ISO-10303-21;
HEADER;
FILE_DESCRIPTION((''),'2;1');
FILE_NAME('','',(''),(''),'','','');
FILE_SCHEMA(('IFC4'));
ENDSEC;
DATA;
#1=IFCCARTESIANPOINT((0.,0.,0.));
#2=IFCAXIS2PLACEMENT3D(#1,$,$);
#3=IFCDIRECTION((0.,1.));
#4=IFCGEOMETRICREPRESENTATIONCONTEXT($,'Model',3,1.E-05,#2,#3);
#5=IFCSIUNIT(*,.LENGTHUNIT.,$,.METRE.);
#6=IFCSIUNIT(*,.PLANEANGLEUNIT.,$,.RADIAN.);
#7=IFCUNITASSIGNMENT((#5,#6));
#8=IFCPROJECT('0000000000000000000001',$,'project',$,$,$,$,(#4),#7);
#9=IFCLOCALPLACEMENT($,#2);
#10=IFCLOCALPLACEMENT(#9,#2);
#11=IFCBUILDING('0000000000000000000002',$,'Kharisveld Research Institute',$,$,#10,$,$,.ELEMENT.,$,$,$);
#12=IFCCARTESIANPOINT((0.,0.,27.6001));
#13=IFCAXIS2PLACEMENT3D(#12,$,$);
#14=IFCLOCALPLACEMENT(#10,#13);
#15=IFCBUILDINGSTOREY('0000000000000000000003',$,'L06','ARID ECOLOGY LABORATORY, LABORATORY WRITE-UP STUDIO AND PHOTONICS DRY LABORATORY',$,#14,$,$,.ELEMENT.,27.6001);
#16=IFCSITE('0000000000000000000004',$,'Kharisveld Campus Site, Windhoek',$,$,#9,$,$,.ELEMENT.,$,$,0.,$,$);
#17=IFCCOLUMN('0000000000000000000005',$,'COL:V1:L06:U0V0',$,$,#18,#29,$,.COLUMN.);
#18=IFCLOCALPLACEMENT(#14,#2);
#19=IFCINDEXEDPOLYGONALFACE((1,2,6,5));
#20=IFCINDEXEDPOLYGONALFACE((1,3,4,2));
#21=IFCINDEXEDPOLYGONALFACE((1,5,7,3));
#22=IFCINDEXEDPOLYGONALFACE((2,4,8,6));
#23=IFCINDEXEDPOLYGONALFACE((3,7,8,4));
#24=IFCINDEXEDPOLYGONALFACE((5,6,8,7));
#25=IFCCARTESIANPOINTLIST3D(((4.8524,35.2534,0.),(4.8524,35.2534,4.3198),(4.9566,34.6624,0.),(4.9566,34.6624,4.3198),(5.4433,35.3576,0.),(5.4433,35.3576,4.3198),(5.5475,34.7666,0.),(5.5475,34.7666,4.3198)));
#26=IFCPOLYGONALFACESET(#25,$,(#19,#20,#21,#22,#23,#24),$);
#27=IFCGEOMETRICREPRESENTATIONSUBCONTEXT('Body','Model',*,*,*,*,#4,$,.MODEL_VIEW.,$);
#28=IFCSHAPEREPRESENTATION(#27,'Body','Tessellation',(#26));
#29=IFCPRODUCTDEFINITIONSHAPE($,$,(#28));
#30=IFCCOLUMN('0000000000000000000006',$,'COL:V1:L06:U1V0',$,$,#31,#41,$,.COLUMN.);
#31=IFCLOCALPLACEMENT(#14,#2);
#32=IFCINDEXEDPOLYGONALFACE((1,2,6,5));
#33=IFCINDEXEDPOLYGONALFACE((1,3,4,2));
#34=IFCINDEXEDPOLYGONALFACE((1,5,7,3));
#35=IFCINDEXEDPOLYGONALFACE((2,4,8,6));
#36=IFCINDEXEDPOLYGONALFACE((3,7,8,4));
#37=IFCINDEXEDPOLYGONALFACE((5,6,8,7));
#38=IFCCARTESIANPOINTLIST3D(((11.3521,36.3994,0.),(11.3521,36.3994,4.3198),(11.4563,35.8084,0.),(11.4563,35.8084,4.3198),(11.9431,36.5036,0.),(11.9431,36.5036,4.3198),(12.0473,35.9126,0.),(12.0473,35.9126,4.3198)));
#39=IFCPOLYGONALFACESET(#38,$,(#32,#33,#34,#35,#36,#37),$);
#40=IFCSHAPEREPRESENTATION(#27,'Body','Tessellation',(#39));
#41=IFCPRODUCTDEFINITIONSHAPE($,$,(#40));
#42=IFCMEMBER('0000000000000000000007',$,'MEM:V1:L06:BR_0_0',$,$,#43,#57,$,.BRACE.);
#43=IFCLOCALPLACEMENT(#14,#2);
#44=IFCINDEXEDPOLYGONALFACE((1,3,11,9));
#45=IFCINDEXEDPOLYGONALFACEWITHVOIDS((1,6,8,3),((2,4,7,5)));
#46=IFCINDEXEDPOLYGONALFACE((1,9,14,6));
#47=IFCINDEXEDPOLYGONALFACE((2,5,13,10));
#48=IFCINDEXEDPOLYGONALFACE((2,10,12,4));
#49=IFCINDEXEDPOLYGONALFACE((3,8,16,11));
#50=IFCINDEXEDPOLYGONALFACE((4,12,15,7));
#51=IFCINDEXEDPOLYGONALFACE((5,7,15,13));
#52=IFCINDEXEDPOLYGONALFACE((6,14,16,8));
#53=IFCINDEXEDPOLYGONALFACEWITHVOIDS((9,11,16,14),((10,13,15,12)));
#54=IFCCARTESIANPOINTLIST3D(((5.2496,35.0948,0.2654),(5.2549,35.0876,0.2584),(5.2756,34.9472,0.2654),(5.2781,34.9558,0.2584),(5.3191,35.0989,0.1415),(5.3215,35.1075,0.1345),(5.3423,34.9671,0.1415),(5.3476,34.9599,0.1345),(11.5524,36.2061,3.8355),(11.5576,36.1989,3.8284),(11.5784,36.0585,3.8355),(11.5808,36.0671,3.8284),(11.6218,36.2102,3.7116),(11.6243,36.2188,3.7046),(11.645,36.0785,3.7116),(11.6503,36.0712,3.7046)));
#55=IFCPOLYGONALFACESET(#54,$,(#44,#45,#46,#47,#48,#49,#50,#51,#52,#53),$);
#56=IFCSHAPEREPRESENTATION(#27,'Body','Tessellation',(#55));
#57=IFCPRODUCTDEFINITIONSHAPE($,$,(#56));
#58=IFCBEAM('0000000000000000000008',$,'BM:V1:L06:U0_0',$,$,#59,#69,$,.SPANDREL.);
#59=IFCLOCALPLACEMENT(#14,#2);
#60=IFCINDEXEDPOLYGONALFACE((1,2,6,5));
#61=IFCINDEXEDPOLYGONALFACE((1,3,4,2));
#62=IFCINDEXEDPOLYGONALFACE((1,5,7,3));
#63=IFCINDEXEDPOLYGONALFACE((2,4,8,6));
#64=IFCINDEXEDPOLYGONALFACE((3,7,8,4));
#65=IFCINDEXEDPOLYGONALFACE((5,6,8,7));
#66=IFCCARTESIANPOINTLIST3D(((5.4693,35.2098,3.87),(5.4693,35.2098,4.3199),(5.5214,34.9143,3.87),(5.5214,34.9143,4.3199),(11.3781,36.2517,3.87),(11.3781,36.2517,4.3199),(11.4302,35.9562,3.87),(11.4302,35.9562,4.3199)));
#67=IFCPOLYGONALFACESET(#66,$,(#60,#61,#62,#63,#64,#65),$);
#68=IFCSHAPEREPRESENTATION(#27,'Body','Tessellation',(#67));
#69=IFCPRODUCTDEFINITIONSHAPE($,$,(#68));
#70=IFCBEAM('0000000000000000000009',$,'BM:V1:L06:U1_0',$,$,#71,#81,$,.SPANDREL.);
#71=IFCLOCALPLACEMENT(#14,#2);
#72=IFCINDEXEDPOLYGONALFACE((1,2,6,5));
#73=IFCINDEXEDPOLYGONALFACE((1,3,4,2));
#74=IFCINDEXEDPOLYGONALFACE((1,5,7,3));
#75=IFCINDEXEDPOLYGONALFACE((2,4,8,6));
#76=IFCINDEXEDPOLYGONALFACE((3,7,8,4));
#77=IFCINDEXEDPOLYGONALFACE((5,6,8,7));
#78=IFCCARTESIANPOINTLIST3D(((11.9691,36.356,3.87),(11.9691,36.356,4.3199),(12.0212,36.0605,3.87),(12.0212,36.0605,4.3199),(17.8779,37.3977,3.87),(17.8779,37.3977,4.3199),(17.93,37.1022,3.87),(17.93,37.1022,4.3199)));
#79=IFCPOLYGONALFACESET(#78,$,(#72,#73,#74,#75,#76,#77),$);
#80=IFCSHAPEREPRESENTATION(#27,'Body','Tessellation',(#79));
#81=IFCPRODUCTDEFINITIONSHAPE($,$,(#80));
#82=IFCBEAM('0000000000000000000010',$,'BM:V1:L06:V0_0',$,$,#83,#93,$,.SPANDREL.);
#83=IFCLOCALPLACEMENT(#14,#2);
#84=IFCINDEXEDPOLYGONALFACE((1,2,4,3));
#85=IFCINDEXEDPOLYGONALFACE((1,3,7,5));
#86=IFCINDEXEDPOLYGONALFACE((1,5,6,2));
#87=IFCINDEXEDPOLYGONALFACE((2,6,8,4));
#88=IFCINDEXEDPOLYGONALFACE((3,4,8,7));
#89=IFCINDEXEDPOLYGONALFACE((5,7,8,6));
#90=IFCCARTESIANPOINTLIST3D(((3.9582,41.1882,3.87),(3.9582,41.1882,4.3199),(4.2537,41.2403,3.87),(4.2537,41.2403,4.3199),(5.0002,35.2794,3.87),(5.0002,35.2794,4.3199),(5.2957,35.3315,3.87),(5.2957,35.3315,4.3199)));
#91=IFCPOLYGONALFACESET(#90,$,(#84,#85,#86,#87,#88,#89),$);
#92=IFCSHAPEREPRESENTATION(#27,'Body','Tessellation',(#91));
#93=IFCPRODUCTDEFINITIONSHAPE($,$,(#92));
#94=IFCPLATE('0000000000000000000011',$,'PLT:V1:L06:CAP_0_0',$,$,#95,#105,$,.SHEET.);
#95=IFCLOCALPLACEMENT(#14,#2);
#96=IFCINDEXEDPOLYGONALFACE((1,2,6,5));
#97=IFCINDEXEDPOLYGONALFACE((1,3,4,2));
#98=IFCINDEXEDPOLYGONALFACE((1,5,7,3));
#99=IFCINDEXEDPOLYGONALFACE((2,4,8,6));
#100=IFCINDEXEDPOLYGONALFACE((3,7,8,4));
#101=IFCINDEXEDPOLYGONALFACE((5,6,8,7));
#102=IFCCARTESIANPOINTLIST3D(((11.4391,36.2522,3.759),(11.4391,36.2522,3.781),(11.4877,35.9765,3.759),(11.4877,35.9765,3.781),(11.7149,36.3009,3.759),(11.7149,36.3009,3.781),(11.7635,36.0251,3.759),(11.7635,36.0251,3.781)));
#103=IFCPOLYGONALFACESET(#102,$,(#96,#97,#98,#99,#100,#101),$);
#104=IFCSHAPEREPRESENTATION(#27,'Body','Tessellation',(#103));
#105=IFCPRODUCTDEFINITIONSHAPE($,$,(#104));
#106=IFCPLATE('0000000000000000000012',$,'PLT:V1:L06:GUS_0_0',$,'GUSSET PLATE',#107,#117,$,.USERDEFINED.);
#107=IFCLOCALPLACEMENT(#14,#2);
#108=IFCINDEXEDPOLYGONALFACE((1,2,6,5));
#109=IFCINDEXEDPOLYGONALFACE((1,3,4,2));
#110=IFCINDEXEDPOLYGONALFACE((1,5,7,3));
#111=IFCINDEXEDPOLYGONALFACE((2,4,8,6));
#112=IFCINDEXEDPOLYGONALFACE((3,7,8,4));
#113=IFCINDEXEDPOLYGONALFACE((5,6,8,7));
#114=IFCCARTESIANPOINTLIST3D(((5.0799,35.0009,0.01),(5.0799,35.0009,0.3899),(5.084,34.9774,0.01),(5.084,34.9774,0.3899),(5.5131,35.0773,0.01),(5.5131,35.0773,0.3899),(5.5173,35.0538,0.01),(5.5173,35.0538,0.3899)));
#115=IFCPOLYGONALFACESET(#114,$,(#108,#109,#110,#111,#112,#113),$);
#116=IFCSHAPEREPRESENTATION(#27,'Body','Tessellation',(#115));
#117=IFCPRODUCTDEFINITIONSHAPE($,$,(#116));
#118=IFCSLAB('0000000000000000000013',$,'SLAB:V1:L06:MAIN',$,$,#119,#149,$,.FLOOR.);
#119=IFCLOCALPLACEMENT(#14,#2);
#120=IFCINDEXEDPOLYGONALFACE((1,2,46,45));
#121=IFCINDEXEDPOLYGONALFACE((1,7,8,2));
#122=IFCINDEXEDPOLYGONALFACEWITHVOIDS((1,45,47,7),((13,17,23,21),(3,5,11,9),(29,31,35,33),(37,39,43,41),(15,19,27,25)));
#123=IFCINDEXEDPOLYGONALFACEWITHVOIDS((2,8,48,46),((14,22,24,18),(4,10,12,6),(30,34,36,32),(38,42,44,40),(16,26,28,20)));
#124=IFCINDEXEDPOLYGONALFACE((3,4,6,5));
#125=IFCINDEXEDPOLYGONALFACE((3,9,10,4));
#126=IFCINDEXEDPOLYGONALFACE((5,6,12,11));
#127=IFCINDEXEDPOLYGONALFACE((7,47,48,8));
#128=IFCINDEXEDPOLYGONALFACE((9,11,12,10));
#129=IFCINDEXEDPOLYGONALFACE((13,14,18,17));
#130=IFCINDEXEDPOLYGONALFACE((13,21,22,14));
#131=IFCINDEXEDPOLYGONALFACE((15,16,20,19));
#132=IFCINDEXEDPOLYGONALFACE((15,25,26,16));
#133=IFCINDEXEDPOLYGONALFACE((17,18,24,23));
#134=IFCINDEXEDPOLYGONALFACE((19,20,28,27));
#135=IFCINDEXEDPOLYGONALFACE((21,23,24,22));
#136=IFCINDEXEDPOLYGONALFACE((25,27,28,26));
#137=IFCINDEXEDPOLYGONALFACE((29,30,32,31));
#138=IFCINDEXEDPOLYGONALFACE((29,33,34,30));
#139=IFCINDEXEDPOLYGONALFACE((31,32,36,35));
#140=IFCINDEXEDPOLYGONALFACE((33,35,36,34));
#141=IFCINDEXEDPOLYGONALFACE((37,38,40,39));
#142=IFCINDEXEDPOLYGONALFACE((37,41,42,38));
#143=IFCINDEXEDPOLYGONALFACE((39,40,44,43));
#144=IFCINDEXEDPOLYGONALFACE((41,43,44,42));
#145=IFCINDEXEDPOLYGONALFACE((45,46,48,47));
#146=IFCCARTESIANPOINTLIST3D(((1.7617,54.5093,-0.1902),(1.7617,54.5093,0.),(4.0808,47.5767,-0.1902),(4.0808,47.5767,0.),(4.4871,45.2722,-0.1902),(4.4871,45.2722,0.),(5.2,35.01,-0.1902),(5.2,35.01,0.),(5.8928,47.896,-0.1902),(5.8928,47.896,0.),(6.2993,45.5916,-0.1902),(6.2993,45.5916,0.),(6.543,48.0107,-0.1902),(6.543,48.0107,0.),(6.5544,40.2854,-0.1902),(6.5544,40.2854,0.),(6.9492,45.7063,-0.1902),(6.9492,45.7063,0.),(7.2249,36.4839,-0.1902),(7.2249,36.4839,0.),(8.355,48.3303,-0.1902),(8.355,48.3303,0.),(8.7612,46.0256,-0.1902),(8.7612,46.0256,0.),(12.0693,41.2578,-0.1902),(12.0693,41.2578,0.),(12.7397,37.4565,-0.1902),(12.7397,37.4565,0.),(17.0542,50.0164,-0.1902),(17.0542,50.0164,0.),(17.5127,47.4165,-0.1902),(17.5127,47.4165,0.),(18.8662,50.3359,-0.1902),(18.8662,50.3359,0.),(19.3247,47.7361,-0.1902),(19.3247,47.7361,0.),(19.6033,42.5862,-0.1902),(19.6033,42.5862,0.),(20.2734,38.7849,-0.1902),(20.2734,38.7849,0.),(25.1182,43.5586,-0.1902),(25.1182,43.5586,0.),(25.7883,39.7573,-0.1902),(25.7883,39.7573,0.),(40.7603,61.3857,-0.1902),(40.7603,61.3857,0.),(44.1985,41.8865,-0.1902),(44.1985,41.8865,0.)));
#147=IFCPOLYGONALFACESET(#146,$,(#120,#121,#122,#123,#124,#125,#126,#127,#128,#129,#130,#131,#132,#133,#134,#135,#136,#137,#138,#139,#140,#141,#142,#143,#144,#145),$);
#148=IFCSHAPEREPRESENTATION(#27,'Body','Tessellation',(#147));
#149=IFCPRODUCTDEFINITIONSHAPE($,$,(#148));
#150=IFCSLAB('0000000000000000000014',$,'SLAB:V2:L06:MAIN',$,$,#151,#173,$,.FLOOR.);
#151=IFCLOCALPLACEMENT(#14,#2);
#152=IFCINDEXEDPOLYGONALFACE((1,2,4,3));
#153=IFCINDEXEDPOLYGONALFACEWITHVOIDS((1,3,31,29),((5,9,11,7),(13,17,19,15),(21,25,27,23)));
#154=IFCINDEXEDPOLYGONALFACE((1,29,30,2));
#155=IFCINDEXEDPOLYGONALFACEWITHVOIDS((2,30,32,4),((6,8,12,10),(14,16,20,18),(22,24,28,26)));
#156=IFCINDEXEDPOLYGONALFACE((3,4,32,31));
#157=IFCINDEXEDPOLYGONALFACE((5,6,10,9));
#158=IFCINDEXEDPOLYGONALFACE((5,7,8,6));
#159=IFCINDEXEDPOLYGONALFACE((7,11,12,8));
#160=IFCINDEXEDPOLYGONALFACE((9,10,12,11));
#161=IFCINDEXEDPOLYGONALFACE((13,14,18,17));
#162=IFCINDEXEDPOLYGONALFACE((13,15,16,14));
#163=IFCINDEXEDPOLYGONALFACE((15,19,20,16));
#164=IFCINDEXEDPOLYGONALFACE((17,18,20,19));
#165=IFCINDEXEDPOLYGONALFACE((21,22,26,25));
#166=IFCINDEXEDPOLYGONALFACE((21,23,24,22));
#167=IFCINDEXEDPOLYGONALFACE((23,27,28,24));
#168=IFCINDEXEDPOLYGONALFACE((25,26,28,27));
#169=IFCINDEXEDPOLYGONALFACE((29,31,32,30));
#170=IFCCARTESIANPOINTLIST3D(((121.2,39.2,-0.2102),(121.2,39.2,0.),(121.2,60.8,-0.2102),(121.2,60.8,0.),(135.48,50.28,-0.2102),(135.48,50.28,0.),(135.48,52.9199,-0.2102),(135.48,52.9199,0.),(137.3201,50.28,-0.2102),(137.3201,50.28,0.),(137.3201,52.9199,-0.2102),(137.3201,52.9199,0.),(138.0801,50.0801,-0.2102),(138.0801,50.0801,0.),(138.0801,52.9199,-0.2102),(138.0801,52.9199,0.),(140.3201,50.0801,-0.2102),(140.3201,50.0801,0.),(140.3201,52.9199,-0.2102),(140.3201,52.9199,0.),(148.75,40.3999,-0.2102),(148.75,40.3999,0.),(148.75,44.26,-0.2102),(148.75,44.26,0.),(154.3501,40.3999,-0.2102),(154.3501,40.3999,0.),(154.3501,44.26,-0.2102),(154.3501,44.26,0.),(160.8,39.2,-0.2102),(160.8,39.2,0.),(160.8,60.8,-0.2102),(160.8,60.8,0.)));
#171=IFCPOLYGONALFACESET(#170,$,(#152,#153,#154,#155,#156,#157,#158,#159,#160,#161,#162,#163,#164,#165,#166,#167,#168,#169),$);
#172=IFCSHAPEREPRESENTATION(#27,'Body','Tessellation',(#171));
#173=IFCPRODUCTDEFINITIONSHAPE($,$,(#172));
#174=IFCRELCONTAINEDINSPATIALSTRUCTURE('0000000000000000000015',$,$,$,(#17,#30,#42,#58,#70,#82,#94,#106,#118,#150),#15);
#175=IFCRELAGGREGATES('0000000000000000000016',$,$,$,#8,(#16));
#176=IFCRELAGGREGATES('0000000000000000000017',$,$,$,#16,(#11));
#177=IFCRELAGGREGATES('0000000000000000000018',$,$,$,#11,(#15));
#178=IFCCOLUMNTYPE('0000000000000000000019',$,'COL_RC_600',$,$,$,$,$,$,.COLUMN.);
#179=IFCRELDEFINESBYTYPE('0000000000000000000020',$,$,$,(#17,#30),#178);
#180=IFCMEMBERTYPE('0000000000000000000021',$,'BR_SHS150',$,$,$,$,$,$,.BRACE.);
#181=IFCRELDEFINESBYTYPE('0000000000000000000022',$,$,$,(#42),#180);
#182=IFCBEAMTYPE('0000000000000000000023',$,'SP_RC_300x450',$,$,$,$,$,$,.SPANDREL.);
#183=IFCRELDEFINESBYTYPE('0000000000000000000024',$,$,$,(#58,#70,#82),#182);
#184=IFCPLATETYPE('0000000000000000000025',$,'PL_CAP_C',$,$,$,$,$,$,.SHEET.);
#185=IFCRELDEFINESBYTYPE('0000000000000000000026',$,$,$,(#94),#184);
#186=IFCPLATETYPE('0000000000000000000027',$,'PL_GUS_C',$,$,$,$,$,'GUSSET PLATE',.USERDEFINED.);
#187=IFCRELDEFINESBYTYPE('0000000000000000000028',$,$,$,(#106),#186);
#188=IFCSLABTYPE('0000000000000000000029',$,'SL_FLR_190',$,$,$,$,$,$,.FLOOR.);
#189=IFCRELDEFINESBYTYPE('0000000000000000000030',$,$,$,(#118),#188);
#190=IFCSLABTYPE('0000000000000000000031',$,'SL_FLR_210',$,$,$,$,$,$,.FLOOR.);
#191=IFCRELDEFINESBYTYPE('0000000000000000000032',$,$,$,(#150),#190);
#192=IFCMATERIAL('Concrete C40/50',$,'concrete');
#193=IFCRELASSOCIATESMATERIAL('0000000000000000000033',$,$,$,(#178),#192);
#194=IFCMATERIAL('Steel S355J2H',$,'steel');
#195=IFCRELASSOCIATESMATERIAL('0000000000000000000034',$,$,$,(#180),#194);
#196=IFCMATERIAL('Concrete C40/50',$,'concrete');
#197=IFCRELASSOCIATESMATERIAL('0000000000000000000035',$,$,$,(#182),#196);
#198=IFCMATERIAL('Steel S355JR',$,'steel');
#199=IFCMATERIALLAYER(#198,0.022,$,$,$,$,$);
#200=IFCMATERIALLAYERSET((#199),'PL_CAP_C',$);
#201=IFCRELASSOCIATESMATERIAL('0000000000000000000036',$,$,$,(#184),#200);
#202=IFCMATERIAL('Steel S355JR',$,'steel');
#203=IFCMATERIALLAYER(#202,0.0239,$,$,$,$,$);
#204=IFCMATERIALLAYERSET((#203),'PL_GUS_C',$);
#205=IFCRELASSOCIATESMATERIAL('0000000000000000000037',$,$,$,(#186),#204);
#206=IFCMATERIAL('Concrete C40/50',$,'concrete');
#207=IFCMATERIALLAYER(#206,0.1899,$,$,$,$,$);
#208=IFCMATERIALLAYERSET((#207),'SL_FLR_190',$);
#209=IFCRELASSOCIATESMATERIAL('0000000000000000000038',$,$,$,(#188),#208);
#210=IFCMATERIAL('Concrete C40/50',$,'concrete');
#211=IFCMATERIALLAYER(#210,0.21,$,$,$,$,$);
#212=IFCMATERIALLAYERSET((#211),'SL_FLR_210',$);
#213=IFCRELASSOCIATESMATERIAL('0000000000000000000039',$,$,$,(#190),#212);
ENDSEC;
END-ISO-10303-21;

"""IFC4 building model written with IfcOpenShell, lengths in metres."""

from ifc_helpers import new_model, si_unit, direction, frame, origin, origin_2d, place, context, subcontext, project, spatial, polyline, rectangle, hollow_rectangle, outline, extrude, material, layer, layer_set, material_profile, profile_set, type_object, element, save


model = new_model("IFC4")

# Units and contexts
model_context = context("Model", 3, precision=1e-05, world=origin(), true_north=direction((0.0, 1.0)))
body_context = subcontext(model_context, "Body", "Model", "MODEL_VIEW")
ifc_project = project(units=[si_unit("LENGTHUNIT", "METRE"), si_unit("PLANEANGLEUNIT", "RADIAN")], contexts=[model_context])

# Site, building, storey
site_placement = place(None, origin())
site = spatial("IfcSite", under=ifc_project, at=site_placement, Name="Kharisveld Campus Site, Windhoek", CompositionType="ELEMENT", RefElevation=0.0)
building_placement = place(site_placement, origin())
building = spatial("IfcBuilding", under=site, at=building_placement, Name="Kharisveld Research Institute", CompositionType="ELEMENT")
storey_placement = place(building_placement, frame((0.0, 0.0, 27.6001)))
storey = spatial("IfcBuildingStorey", under=building, at=storey_placement, Name="L06", Description="ARID ECOLOGY LABORATORY, LABORATORY WRITE-UP STUDIO AND PHOTONICS DRY LABORATORY", CompositionType="ELEMENT", Elevation=27.6001)

# Columns
ifc_material_1 = material(Name="Concrete C40/50", Category="concrete")
ifc_material_profile_1 = material_profile(ifc_material_1, rectangle(XDim=0.6001, YDim=0.6001, at=origin_2d()))
ifc_profile_set_1 = profile_set([ifc_material_profile_1], Name="Concrete C40/50")
column_type = type_object("IfcColumnType", Name="COL_RC_600", PredefinedType="COLUMN", material=ifc_profile_set_1)
for number, where, z_axis, x_axis, name in (
    (1, (5.2, 35.01, 0.0), (0.0, 0.0, 1.0), (0.984808, 0.173648, 0.0), "COL:V1:L06:U0V0"),
    (2, (11.6997, 36.156, 0.0), (0.0, 0.0, 1.0), (0.984808, 0.173648, 0.0), "COL:V1:L06:U1V0"),
):
    element("IfcColumn", number, at=place(storey_placement, frame(where, z_axis=z_axis, x_axis=x_axis)), inside=storey, type_object=column_type, Name=name, PredefinedType="COLUMN", context=body_context, shape_type="SweptSolid", body=[
        extrude(rectangle(XDim=0.6001, YDim=0.6001, at=origin_2d()), origin(), (0.0, 0.0, 1.0), 4.3198),
    ])

# Member
ifc_material_2 = material(Name="Steel S355J2H", Category="steel")
ifc_material_profile_2 = material_profile(ifc_material_2, hollow_rectangle(XDim=0.1499, YDim=0.1499, WallThickness=0.0081, at=origin_2d()))
ifc_profile_set_2 = profile_set([ifc_material_profile_2], Name="Steel S355J2H")
member_type = type_object("IfcMemberType", Name="BR_SHS150", PredefinedType="BRACE", material=ifc_profile_set_2)
member_placement = place(storey_placement, frame((5.2986, 35.0273, 0.2), z_axis=(0.860047, 0.151648, 0.487158), x_axis=(-0.173646, 0.984808, 0.0)))
element("IfcMember", 3, at=member_placement, inside=storey, type_object=member_type, Name="MEM:V1:L06:BR_0_0", PredefinedType="BRACE", context=body_context, shape_type="SweptSolid", body=[
    extrude(hollow_rectangle(XDim=0.1499, YDim=0.1499, WallThickness=0.0081, at=origin_2d()), origin(), (0.0, 0.0, 1.0), 7.3284),
])

# Beams
ifc_material_3 = material(Name="Concrete C40/50", Category="concrete")
ifc_material_profile_3 = material_profile(ifc_material_3, rectangle(XDim=0.3, YDim=0.45, at=origin_2d()))
ifc_profile_set_3 = profile_set([ifc_material_profile_3], Name="Concrete C40/50")
beam_type = type_object("IfcBeamType", Name="SP_RC_300x450", PredefinedType="SPANDREL", material=ifc_profile_set_3)
for number, where, z_axis, x_axis, name in (
    (4, (5.4954, 35.062, 4.095), (0.984805, 0.173662, 0.0), (-0.173662, 0.984805, 0.0), "BM:V1:L06:U0_0"),
    (5, (11.9951, 36.2083, 4.095), (0.984812, 0.173623, 0.0), (-0.173623, 0.984812, 0.0), "BM:V1:L06:U1_0"),
    (6, (5.1479, 35.3054, 4.095), (-0.173662, 0.984805, 0.0), (-0.984805, -0.173662, 0.0), "BM:V1:L06:V0_0"),
):
    element("IfcBeam", number, at=place(storey_placement, frame(where, z_axis=z_axis, x_axis=x_axis)), inside=storey, type_object=beam_type, Name=name, PredefinedType="SPANDREL", context=body_context, shape_type="SweptSolid", body=[
        extrude(rectangle(XDim=0.3, YDim=0.45, at=origin_2d()), origin(), (0.0, 0.0, 1.0), 6.0),
    ])

# Plates
ifc_material_4 = material(Name="Steel S355JR", Category="steel")
ifc_layer_1 = layer(ifc_material_4, 0.022)
ifc_layer_set_1 = layer_set([ifc_layer_1], Name="PL_CAP_C")
plate_type_1 = type_object("IfcPlateType", Name="PL_CAP_C", PredefinedType="SHEET", material=ifc_layer_set_1)
plate_1_placement = place(storey_placement, frame((11.6013, 36.1387, 3.759), z_axis=(0.0, 0.0, 1.0), x_axis=(0.984808, 0.173648, 0.0)))
element("IfcPlate", 7, at=plate_1_placement, inside=storey, type_object=plate_type_1, Name="PLT:V1:L06:CAP_0_0", PredefinedType="SHEET", context=body_context, shape_type="SweptSolid", body=[
    extrude(rectangle(XDim=0.28, YDim=0.28, at=origin_2d()), origin(), (0.0, 0.0, 1.0), 0.022),
])
ifc_material_5 = material(Name="Steel S355JR", Category="steel")
ifc_layer_2 = layer(ifc_material_5, 0.0239)
ifc_layer_set_2 = layer_set([ifc_layer_2], Name="PL_GUS_C")
plate_type_2 = type_object("IfcPlateType", Name="PL_GUS_C", ElementType="GUSSET PLATE", PredefinedType="USERDEFINED", material=ifc_layer_set_2)
plate_2_placement = place(storey_placement, frame((5.2986, 35.0273, 0.01), z_axis=(0.0, 0.0, 1.0), x_axis=(0.984808, 0.173648, 0.0)))
element("IfcPlate", 8, at=plate_2_placement, inside=storey, type_object=plate_type_2, Name="PLT:V1:L06:GUS_0_0", ObjectType="GUSSET PLATE", PredefinedType="USERDEFINED", context=body_context, shape_type="SweptSolid", body=[
    extrude(rectangle(XDim=0.4399, YDim=0.0239, at=origin_2d()), origin(), (0.0, 0.0, 1.0), 0.3799),
])

# Slabs
ifc_material_6 = material(Name="Concrete C40/50", Category="concrete")
ifc_layer_3 = layer(ifc_material_6, 0.1899)
ifc_layer_set_3 = layer_set([ifc_layer_3], Name="SL_FLR_190")
slab_type_1 = type_object("IfcSlabType", Name="SL_FLR_190", PredefinedType="FLOOR", material=ifc_layer_set_3)
slab_1_placement = place(storey_placement, frame((0.0, 0.0, -0.1902)))
element("IfcSlab", 9, at=slab_1_placement, inside=storey, type_object=slab_type_1, Name="SLAB:V1:L06:MAIN", PredefinedType="FLOOR", context=body_context, shape_type="SweptSolid", body=[
    extrude(outline(polyline([(5.2, 35.01), (44.1985, 41.8865), (40.7603, 61.3857), (1.7617, 54.5093), (5.2, 35.01)]), holes=[polyline([(12.7397, 37.4565), (7.2249, 36.4839), (6.5544, 40.2854), (12.0693, 41.2578), (12.7397, 37.4565)]), polyline([(25.7883, 39.7573), (20.2734, 38.7849), (19.6033, 42.5862), (25.1182, 43.5586), (25.7883, 39.7573)]), polyline([(6.2993, 45.5916), (4.4871, 45.2722), (4.0808, 47.5767), (5.8928, 47.896), (6.2993, 45.5916)]), polyline([(6.9492, 45.7063), (6.543, 48.0107), (8.355, 48.3303), (8.7612, 46.0256), (6.9492, 45.7063)]), polyline([(17.5127, 47.4165), (17.0542, 50.0164), (18.8662, 50.3359), (19.3247, 47.7361), (17.5127, 47.4165)])]), origin(), (0.0, 0.0, 1.0), 0.1902),
])
ifc_material_7 = material(Name="Concrete C40/50", Category="concrete")
ifc_layer_4 = layer(ifc_material_7, 0.21)
ifc_layer_set_4 = layer_set([ifc_layer_4], Name="SL_FLR_210")
slab_type_2 = type_object("IfcSlabType", Name="SL_FLR_210", PredefinedType="FLOOR", material=ifc_layer_set_4)
slab_2_placement = place(storey_placement, frame((0.0, 0.0, -0.2102)))
element("IfcSlab", 10, at=slab_2_placement, inside=storey, type_object=slab_type_2, Name="SLAB:V2:L06:MAIN", PredefinedType="FLOOR", context=body_context, shape_type="SweptSolid", body=[
    extrude(outline(polyline([(121.2, 39.2), (160.8, 39.2), (160.8, 60.8), (121.2, 60.8), (121.2, 39.2)]), holes=[polyline([(154.3501, 44.26), (154.3501, 40.3999), (148.75, 40.3999), (148.75, 44.26), (154.3501, 44.26)]), polyline([(140.3201, 50.0801), (138.0801, 50.0801), (138.0801, 52.9199), (140.3201, 52.9199), (140.3201, 50.0801)]), polyline([(137.3201, 50.28), (135.48, 50.28), (135.48, 52.9199), (137.3201, 52.9199), (137.3201, 50.28)])]), origin(), (0.0, 0.0, 1.0), 0.2102),
])

save(model, "model.ifc")
